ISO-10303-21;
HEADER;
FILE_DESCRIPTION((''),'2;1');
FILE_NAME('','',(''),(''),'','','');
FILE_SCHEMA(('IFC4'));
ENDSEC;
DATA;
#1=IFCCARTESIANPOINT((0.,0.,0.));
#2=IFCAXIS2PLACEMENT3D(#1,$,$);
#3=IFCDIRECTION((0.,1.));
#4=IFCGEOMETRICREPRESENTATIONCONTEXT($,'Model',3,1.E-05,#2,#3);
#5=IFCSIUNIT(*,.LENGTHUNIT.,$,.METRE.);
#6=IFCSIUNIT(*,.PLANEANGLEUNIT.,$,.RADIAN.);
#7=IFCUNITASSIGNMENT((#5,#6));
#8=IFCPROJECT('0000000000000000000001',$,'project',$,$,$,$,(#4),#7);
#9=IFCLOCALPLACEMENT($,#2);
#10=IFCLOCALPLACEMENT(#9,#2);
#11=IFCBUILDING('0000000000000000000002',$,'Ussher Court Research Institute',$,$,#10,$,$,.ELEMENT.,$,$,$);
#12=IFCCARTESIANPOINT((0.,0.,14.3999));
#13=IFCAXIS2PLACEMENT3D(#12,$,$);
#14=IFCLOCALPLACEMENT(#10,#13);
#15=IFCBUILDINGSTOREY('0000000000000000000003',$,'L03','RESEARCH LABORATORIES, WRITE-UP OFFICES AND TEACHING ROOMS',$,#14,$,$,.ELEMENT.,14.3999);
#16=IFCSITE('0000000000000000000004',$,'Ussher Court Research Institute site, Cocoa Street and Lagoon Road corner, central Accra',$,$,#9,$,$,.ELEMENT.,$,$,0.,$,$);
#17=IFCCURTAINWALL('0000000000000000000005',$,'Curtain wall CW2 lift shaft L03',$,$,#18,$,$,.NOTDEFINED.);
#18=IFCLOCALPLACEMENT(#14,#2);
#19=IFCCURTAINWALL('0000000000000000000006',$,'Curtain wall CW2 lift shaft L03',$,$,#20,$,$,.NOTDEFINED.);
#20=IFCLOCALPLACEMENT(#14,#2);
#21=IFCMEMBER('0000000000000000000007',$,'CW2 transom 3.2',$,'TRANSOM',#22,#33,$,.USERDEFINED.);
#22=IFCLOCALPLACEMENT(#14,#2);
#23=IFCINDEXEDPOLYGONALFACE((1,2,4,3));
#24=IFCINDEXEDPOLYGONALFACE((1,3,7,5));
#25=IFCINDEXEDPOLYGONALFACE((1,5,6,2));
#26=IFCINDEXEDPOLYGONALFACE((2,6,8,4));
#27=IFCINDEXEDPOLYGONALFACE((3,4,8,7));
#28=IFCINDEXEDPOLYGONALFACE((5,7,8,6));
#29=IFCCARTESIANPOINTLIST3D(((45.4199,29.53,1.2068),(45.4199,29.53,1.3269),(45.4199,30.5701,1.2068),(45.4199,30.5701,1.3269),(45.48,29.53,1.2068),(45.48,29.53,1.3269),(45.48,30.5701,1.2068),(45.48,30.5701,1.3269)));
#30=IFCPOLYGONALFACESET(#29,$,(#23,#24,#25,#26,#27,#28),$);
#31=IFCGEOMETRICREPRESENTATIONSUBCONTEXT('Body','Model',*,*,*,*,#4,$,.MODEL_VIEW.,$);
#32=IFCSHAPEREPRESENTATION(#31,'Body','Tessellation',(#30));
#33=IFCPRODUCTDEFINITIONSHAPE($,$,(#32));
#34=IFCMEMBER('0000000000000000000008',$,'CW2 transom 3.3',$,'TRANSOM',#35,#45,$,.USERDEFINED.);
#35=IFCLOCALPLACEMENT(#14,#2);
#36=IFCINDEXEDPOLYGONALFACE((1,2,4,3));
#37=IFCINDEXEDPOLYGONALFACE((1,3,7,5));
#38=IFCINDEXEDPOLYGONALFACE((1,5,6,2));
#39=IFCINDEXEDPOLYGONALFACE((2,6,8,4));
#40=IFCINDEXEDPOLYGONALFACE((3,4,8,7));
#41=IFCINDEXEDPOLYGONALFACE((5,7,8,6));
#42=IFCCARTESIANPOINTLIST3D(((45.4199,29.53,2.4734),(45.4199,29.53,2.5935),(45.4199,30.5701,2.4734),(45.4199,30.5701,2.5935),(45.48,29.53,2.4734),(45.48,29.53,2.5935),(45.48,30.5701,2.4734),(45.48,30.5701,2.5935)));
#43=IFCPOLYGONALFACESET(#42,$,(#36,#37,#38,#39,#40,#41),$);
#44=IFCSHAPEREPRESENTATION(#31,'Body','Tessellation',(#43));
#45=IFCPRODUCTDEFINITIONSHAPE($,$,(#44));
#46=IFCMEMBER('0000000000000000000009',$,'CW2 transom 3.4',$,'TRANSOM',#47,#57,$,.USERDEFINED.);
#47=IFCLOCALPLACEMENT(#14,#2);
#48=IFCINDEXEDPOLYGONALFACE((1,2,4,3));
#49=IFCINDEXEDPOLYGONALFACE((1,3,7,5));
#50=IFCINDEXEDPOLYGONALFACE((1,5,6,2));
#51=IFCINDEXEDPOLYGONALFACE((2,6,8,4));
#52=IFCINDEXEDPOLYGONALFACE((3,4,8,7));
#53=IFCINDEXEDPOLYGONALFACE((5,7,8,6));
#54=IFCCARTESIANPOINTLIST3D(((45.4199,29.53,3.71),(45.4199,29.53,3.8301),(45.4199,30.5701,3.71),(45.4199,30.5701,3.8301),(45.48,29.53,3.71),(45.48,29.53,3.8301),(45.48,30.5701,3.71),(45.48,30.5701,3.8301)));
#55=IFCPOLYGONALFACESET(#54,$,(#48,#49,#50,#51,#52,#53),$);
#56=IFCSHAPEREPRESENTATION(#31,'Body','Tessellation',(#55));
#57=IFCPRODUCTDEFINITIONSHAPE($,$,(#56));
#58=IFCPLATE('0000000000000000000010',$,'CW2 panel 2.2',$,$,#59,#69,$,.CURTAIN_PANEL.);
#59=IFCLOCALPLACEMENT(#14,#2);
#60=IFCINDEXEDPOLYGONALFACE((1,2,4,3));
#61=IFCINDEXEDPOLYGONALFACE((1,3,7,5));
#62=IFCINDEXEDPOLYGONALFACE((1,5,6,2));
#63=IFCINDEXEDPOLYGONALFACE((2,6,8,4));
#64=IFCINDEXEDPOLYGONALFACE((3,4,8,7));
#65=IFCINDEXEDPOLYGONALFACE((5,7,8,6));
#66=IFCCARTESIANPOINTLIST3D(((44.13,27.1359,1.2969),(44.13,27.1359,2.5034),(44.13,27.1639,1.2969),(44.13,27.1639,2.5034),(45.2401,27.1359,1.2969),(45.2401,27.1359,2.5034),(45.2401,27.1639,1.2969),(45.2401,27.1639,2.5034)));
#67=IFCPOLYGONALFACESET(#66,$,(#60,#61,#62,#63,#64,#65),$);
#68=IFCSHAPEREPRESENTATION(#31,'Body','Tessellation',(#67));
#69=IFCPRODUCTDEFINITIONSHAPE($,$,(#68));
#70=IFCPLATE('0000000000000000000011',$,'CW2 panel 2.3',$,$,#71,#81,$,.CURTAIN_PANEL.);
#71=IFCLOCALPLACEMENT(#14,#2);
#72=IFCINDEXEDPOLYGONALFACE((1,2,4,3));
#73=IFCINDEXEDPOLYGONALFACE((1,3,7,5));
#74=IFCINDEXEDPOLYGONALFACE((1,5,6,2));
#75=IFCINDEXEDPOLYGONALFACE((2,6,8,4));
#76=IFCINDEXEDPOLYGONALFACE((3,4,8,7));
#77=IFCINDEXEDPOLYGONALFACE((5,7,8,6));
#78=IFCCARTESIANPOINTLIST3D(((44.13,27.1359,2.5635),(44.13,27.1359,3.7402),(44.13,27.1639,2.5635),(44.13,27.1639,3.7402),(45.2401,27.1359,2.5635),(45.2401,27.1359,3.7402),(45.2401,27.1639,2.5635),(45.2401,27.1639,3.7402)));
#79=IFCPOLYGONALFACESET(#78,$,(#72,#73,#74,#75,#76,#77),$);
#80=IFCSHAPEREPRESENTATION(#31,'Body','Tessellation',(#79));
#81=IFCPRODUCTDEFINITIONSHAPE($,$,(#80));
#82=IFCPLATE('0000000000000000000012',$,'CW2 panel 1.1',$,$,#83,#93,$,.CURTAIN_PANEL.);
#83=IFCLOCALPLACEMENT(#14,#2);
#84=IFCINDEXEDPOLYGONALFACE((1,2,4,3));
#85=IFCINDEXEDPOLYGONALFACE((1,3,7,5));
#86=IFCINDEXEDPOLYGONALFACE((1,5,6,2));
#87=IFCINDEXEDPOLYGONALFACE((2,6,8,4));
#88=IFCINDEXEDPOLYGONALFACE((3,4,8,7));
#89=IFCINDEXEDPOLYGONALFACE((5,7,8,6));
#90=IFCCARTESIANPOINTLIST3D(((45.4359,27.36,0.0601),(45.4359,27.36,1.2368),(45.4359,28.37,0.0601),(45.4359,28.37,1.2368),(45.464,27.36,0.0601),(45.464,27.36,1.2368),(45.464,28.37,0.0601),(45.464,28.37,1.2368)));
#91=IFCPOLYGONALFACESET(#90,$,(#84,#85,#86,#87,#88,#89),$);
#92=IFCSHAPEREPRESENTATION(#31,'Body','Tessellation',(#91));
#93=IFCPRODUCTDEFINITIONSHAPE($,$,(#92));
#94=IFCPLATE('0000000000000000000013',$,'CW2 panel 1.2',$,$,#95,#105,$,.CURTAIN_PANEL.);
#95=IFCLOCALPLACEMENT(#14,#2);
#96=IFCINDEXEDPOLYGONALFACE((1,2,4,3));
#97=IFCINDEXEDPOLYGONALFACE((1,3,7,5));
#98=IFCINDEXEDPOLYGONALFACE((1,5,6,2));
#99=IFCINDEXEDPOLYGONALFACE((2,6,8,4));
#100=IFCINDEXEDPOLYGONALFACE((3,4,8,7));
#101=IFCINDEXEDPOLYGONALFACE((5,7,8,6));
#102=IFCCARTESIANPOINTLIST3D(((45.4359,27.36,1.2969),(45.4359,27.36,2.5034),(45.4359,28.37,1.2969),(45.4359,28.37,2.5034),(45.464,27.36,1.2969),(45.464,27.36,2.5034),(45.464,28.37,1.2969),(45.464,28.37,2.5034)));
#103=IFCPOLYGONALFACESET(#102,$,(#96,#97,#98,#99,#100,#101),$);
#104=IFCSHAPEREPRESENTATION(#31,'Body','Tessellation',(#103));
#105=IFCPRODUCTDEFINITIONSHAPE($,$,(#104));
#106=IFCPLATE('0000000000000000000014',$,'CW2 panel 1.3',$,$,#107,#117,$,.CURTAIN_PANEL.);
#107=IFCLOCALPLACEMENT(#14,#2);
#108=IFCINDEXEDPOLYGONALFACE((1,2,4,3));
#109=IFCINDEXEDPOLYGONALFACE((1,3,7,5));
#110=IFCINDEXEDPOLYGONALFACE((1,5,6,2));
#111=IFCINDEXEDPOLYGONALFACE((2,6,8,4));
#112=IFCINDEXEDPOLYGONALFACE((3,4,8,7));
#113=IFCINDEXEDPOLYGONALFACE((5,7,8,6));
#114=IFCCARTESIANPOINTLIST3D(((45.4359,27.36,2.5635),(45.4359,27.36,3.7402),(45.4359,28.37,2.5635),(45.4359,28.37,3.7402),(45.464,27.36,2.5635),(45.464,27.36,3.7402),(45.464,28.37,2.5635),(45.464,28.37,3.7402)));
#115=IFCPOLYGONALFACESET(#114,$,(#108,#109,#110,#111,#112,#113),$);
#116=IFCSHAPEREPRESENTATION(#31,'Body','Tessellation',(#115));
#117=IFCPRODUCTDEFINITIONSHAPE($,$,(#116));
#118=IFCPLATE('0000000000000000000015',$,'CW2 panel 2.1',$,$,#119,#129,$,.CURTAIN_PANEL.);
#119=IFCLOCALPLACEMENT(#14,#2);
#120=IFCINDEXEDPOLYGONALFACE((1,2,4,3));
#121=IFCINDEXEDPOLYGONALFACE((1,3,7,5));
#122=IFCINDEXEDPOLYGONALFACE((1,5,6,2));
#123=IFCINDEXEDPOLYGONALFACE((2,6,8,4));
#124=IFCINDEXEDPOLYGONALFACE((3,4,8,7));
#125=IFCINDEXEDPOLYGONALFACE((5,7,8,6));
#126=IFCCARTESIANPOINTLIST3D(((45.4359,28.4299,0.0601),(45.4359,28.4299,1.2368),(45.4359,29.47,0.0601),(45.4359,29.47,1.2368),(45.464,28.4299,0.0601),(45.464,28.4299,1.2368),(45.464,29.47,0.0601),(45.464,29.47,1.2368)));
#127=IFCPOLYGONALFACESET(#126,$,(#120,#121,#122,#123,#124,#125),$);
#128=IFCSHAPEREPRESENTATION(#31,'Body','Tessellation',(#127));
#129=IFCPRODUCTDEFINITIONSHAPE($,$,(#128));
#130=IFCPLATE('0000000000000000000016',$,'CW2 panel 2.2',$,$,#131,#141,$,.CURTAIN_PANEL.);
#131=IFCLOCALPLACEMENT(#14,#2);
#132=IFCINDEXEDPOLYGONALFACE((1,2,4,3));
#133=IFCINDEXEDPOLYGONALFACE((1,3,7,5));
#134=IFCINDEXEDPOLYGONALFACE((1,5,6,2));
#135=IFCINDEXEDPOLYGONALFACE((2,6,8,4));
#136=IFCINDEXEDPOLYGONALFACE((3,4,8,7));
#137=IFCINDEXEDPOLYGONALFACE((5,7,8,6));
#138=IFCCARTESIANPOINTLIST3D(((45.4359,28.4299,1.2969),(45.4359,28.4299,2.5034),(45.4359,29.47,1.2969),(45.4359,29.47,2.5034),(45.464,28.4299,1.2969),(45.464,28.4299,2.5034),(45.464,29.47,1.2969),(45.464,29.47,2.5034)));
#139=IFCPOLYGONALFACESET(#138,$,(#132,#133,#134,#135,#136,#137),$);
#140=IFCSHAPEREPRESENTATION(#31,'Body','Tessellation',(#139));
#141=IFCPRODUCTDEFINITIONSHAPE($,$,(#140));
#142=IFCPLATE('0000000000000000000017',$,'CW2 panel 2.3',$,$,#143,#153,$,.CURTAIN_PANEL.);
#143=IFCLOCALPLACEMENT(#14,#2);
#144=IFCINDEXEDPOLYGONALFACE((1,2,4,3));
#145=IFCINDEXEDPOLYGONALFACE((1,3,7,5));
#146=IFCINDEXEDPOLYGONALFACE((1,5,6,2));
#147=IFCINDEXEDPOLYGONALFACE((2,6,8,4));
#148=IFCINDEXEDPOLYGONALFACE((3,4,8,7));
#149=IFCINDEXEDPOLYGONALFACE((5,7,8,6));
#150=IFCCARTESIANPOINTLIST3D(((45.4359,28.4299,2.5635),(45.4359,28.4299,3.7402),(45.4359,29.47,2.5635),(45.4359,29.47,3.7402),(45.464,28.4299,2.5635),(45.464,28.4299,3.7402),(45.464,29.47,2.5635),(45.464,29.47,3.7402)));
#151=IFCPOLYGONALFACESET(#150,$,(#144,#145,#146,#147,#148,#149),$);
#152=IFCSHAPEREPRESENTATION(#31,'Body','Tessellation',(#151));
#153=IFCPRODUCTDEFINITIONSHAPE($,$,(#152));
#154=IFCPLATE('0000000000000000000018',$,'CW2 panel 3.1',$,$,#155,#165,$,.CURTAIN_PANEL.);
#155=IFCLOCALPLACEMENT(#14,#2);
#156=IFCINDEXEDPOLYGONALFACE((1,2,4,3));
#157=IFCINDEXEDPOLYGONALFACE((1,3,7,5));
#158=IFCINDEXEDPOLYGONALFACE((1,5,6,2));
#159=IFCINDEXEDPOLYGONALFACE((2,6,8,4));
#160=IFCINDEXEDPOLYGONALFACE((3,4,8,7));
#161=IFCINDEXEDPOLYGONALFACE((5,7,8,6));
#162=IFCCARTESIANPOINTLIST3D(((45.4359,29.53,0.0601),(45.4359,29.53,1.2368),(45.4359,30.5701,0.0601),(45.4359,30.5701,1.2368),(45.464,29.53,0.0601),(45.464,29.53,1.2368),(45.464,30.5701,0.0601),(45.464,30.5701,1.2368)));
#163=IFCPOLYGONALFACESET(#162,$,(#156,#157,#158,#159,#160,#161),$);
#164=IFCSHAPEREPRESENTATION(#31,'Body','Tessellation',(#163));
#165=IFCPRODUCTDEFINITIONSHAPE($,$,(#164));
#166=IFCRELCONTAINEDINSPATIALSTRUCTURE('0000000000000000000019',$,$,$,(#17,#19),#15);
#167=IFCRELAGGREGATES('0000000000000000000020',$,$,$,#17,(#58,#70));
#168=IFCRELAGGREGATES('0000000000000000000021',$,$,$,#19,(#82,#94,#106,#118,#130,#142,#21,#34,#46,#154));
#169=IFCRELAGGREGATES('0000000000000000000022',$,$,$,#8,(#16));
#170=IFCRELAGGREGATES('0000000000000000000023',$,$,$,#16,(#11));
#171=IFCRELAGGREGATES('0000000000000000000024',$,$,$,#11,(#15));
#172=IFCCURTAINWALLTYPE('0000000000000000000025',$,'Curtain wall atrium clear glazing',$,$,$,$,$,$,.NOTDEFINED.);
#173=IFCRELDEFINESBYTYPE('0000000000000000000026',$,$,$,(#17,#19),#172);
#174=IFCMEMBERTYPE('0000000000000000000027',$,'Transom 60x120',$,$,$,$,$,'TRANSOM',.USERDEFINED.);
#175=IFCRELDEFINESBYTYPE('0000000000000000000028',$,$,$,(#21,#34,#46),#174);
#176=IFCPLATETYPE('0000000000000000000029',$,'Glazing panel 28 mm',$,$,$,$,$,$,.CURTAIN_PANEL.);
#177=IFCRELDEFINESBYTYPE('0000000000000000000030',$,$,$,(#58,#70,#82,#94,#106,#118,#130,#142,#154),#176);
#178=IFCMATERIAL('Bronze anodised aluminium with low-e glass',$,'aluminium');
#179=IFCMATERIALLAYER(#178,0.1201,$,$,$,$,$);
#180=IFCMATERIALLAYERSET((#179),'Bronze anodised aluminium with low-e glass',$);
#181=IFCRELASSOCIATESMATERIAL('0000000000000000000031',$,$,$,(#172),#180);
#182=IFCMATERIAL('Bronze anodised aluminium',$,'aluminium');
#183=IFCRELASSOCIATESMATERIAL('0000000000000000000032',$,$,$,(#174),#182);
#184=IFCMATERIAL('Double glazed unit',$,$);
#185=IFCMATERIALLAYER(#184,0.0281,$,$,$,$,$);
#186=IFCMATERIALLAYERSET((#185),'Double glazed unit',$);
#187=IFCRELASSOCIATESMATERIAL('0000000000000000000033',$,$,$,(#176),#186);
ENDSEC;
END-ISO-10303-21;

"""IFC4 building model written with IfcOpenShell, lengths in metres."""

from ifc_helpers import new_model, si_unit, direction, frame, origin, origin_2d, place, context, subcontext, project, spatial, rectangle, extrude, material, layer, layer_set, material_profile, profile_set, type_object, element, aggregate, save


model = new_model("IFC4")

# Units and contexts
model_context = context("Model", 3, precision=1e-05, world=origin(), true_north=direction((0.0, 1.0)))
body_context = subcontext(model_context, "Body", "Model", "MODEL_VIEW")
ifc_project = project(units=[si_unit("LENGTHUNIT", "METRE"), si_unit("PLANEANGLEUNIT", "RADIAN")], contexts=[model_context])

# Site, building, storey
site_placement = place(None, origin())
site = spatial("IfcSite", under=ifc_project, at=site_placement, Name="Ussher Court Research Institute site, Cocoa Street and Lagoon Road corner, central Accra", CompositionType="ELEMENT", RefElevation=0.0)
building_placement = place(site_placement, origin())
building = spatial("IfcBuilding", under=site, at=building_placement, Name="Ussher Court Research Institute", CompositionType="ELEMENT")
storey_placement = place(building_placement, frame((0.0, 0.0, 14.3999)))
storey = spatial("IfcBuildingStorey", under=building, at=storey_placement, Name="L03", Description="RESEARCH LABORATORIES, WRITE-UP OFFICES AND TEACHING ROOMS", CompositionType="ELEMENT", Elevation=14.3999)

# Curtain wall
ifc_material_1 = material(Name="Bronze anodised aluminium with low-e glass", Category="aluminium")
ifc_layer_1 = layer(ifc_material_1, 0.1201)
ifc_layer_set_1 = layer_set([ifc_layer_1], Name="Bronze anodised aluminium with low-e glass")
curtain_wall_type = type_object("IfcCurtainWallType", Name="Curtain wall atrium clear glazing", PredefinedType="NOTDEFINED", material=ifc_layer_set_1)
curtain_wall_1_placement = place(storey_placement, origin())
curtain_wall_1 = element("IfcCurtainWall", 1, at=curtain_wall_1_placement, inside=storey, type_object=curtain_wall_type, Name="Curtain wall CW2 lift shaft L03", PredefinedType="NOTDEFINED")

# Curtain wall, members
curtain_wall_2_placement = place(storey_placement, origin())
curtain_wall_2 = element("IfcCurtainWall", 2, at=curtain_wall_2_placement, inside=storey, type_object=curtain_wall_type, Name="Curtain wall CW2 lift shaft L03", PredefinedType="NOTDEFINED")
ifc_material_2 = material(Name="Bronze anodised aluminium", Category="aluminium")
ifc_material_profile_1 = material_profile(ifc_material_2, rectangle(XDim=0.0601, YDim=0.1201, at=origin_2d()), Name="Transom 60x120")
ifc_profile_set_1 = profile_set([ifc_material_profile_1], Name="Bronze anodised aluminium")
member_type_1 = type_object("IfcMemberType", Name="Transom 60x120", ElementType="TRANSOM", PredefinedType="USERDEFINED", material=ifc_profile_set_1)
member_1_placement = place(storey_placement, frame((45.45, 29.53, 1.2668), z_axis=(0.0, 1.0, 0.0), x_axis=(-1.0, 0.0, 0.0)))
member_1 = element("IfcMember", 3, at=member_1_placement, type_object=member_type_1, Name="CW2 transom 3.2", ObjectType="TRANSOM", PredefinedType="USERDEFINED", context=body_context, shape_type="SweptSolid", body=[
    extrude(rectangle(XDim=0.0601, YDim=0.1201, at=origin_2d()), origin(), (0.0, 0.0, 1.0), 1.04),
])
member_2_placement = place(storey_placement, frame((45.45, 29.53, 2.5334), z_axis=(0.0, 1.0, 0.0), x_axis=(-1.0, 0.0, 0.0)))
member_2 = element("IfcMember", 4, at=member_2_placement, type_object=member_type_1, Name="CW2 transom 3.3", ObjectType="TRANSOM", PredefinedType="USERDEFINED", context=body_context, shape_type="SweptSolid", body=[
    extrude(rectangle(XDim=0.0601, YDim=0.1201, at=origin_2d()), origin(), (0.0, 0.0, 1.0), 1.04),
])
member_3_placement = place(storey_placement, frame((45.45, 29.53, 3.77), z_axis=(0.0, 1.0, 0.0), x_axis=(-1.0, 0.0, 0.0)))
member_3 = element("IfcMember", 5, at=member_3_placement, type_object=member_type_1, Name="CW2 transom 3.4", ObjectType="TRANSOM", PredefinedType="USERDEFINED", context=body_context, shape_type="SweptSolid", body=[
    extrude(rectangle(XDim=0.0601, YDim=0.1201, at=origin_2d()), origin(), (0.0, 0.0, 1.0), 1.04),
])

# Plates
ifc_material_3 = material(Name="Double glazed unit")
ifc_layer_2 = layer(ifc_material_3, 0.0281)
ifc_layer_set_2 = layer_set([ifc_layer_2], Name="Double glazed unit")
plate_type = type_object("IfcPlateType", Name="Glazing panel 28 mm", PredefinedType="CURTAIN_PANEL", material=ifc_layer_set_2)
plate_1_placement = place(storey_placement, frame((44.6851, 27.1499, 1.2969), z_axis=(0.0, 0.0, 1.0), x_axis=(1.0, 0.0, 0.0)))
plate_1 = element("IfcPlate", 6, at=plate_1_placement, type_object=plate_type, Name="CW2 panel 2.2", PredefinedType="CURTAIN_PANEL", context=body_context, shape_type="SweptSolid", body=[
    extrude(rectangle(XDim=1.1101, YDim=0.0281, at=origin_2d()), origin(), (0.0, 0.0, 1.0), 1.2065),
])
plate_2_placement = place(storey_placement, frame((44.6851, 27.1499, 2.5635), z_axis=(0.0, 0.0, 1.0), x_axis=(1.0, 0.0, 0.0)))
plate_2 = element("IfcPlate", 7, at=plate_2_placement, type_object=plate_type, Name="CW2 panel 2.3", PredefinedType="CURTAIN_PANEL", context=body_context, shape_type="SweptSolid", body=[
    extrude(rectangle(XDim=1.1101, YDim=0.0281, at=origin_2d()), origin(), (0.0, 0.0, 1.0), 1.1768),
])
aggregate(curtain_wall_1, [plate_1, plate_2])
plate_3_placement = place(storey_placement, frame((45.45, 27.865, 0.0601), z_axis=(0.0, 0.0, 1.0), x_axis=(0.0, 1.0, 0.0)))
plate_3 = element("IfcPlate", 8, at=plate_3_placement, type_object=plate_type, Name="CW2 panel 1.1", PredefinedType="CURTAIN_PANEL", context=body_context, shape_type="SweptSolid", body=[
    extrude(rectangle(XDim=1.01, YDim=0.0281, at=origin_2d()), origin(), (0.0, 0.0, 1.0), 1.1768),
])
plate_4_placement = place(storey_placement, frame((45.45, 27.865, 1.2969), z_axis=(0.0, 0.0, 1.0), x_axis=(0.0, 1.0, 0.0)))
plate_4 = element("IfcPlate", 9, at=plate_4_placement, type_object=plate_type, Name="CW2 panel 1.2", PredefinedType="CURTAIN_PANEL", context=body_context, shape_type="SweptSolid", body=[
    extrude(rectangle(XDim=1.01, YDim=0.0281, at=origin_2d()), origin(), (0.0, 0.0, 1.0), 1.2065),
])
plate_5_placement = place(storey_placement, frame((45.45, 27.865, 2.5635), z_axis=(0.0, 0.0, 1.0), x_axis=(0.0, 1.0, 0.0)))
plate_5 = element("IfcPlate", 10, at=plate_5_placement, type_object=plate_type, Name="CW2 panel 1.3", PredefinedType="CURTAIN_PANEL", context=body_context, shape_type="SweptSolid", body=[
    extrude(rectangle(XDim=1.01, YDim=0.0281, at=origin_2d()), origin(), (0.0, 0.0, 1.0), 1.1768),
])
plate_6_placement = place(storey_placement, frame((45.45, 28.95, 0.0601), z_axis=(0.0, 0.0, 1.0), x_axis=(0.0, 1.0, 0.0)))
plate_6 = element("IfcPlate", 11, at=plate_6_placement, type_object=plate_type, Name="CW2 panel 2.1", PredefinedType="CURTAIN_PANEL", context=body_context, shape_type="SweptSolid", body=[
    extrude(rectangle(XDim=1.04, YDim=0.0281, at=origin_2d()), origin(), (0.0, 0.0, 1.0), 1.1768),
])
plate_7_placement = place(storey_placement, frame((45.45, 28.95, 1.2969), z_axis=(0.0, 0.0, 1.0), x_axis=(0.0, 1.0, 0.0)))
plate_7 = element("IfcPlate", 12, at=plate_7_placement, type_object=plate_type, Name="CW2 panel 2.2", PredefinedType="CURTAIN_PANEL", context=body_context, shape_type="SweptSolid", body=[
    extrude(rectangle(XDim=1.04, YDim=0.0281, at=origin_2d()), origin(), (0.0, 0.0, 1.0), 1.2065),
])
plate_8_placement = place(storey_placement, frame((45.45, 28.95, 2.5635), z_axis=(0.0, 0.0, 1.0), x_axis=(0.0, 1.0, 0.0)))
plate_8 = element("IfcPlate", 13, at=plate_8_placement, type_object=plate_type, Name="CW2 panel 2.3", PredefinedType="CURTAIN_PANEL", context=body_context, shape_type="SweptSolid", body=[
    extrude(rectangle(XDim=1.04, YDim=0.0281, at=origin_2d()), origin(), (0.0, 0.0, 1.0), 1.1768),
])
plate_9_placement = place(storey_placement, frame((45.45, 30.05, 0.0601), z_axis=(0.0, 0.0, 1.0), x_axis=(0.0, 1.0, 0.0)))
plate_9 = element("IfcPlate", 14, at=plate_9_placement, type_object=plate_type, Name="CW2 panel 3.1", PredefinedType="CURTAIN_PANEL", context=body_context, shape_type="SweptSolid", body=[
    extrude(rectangle(XDim=1.04, YDim=0.0281, at=origin_2d()), origin(), (0.0, 0.0, 1.0), 1.1768),
])
aggregate(curtain_wall_2, [plate_3, plate_4, plate_5, plate_6, plate_7, plate_8, member_1, member_2, member_3, plate_9])

save(model, "model.ifc")
